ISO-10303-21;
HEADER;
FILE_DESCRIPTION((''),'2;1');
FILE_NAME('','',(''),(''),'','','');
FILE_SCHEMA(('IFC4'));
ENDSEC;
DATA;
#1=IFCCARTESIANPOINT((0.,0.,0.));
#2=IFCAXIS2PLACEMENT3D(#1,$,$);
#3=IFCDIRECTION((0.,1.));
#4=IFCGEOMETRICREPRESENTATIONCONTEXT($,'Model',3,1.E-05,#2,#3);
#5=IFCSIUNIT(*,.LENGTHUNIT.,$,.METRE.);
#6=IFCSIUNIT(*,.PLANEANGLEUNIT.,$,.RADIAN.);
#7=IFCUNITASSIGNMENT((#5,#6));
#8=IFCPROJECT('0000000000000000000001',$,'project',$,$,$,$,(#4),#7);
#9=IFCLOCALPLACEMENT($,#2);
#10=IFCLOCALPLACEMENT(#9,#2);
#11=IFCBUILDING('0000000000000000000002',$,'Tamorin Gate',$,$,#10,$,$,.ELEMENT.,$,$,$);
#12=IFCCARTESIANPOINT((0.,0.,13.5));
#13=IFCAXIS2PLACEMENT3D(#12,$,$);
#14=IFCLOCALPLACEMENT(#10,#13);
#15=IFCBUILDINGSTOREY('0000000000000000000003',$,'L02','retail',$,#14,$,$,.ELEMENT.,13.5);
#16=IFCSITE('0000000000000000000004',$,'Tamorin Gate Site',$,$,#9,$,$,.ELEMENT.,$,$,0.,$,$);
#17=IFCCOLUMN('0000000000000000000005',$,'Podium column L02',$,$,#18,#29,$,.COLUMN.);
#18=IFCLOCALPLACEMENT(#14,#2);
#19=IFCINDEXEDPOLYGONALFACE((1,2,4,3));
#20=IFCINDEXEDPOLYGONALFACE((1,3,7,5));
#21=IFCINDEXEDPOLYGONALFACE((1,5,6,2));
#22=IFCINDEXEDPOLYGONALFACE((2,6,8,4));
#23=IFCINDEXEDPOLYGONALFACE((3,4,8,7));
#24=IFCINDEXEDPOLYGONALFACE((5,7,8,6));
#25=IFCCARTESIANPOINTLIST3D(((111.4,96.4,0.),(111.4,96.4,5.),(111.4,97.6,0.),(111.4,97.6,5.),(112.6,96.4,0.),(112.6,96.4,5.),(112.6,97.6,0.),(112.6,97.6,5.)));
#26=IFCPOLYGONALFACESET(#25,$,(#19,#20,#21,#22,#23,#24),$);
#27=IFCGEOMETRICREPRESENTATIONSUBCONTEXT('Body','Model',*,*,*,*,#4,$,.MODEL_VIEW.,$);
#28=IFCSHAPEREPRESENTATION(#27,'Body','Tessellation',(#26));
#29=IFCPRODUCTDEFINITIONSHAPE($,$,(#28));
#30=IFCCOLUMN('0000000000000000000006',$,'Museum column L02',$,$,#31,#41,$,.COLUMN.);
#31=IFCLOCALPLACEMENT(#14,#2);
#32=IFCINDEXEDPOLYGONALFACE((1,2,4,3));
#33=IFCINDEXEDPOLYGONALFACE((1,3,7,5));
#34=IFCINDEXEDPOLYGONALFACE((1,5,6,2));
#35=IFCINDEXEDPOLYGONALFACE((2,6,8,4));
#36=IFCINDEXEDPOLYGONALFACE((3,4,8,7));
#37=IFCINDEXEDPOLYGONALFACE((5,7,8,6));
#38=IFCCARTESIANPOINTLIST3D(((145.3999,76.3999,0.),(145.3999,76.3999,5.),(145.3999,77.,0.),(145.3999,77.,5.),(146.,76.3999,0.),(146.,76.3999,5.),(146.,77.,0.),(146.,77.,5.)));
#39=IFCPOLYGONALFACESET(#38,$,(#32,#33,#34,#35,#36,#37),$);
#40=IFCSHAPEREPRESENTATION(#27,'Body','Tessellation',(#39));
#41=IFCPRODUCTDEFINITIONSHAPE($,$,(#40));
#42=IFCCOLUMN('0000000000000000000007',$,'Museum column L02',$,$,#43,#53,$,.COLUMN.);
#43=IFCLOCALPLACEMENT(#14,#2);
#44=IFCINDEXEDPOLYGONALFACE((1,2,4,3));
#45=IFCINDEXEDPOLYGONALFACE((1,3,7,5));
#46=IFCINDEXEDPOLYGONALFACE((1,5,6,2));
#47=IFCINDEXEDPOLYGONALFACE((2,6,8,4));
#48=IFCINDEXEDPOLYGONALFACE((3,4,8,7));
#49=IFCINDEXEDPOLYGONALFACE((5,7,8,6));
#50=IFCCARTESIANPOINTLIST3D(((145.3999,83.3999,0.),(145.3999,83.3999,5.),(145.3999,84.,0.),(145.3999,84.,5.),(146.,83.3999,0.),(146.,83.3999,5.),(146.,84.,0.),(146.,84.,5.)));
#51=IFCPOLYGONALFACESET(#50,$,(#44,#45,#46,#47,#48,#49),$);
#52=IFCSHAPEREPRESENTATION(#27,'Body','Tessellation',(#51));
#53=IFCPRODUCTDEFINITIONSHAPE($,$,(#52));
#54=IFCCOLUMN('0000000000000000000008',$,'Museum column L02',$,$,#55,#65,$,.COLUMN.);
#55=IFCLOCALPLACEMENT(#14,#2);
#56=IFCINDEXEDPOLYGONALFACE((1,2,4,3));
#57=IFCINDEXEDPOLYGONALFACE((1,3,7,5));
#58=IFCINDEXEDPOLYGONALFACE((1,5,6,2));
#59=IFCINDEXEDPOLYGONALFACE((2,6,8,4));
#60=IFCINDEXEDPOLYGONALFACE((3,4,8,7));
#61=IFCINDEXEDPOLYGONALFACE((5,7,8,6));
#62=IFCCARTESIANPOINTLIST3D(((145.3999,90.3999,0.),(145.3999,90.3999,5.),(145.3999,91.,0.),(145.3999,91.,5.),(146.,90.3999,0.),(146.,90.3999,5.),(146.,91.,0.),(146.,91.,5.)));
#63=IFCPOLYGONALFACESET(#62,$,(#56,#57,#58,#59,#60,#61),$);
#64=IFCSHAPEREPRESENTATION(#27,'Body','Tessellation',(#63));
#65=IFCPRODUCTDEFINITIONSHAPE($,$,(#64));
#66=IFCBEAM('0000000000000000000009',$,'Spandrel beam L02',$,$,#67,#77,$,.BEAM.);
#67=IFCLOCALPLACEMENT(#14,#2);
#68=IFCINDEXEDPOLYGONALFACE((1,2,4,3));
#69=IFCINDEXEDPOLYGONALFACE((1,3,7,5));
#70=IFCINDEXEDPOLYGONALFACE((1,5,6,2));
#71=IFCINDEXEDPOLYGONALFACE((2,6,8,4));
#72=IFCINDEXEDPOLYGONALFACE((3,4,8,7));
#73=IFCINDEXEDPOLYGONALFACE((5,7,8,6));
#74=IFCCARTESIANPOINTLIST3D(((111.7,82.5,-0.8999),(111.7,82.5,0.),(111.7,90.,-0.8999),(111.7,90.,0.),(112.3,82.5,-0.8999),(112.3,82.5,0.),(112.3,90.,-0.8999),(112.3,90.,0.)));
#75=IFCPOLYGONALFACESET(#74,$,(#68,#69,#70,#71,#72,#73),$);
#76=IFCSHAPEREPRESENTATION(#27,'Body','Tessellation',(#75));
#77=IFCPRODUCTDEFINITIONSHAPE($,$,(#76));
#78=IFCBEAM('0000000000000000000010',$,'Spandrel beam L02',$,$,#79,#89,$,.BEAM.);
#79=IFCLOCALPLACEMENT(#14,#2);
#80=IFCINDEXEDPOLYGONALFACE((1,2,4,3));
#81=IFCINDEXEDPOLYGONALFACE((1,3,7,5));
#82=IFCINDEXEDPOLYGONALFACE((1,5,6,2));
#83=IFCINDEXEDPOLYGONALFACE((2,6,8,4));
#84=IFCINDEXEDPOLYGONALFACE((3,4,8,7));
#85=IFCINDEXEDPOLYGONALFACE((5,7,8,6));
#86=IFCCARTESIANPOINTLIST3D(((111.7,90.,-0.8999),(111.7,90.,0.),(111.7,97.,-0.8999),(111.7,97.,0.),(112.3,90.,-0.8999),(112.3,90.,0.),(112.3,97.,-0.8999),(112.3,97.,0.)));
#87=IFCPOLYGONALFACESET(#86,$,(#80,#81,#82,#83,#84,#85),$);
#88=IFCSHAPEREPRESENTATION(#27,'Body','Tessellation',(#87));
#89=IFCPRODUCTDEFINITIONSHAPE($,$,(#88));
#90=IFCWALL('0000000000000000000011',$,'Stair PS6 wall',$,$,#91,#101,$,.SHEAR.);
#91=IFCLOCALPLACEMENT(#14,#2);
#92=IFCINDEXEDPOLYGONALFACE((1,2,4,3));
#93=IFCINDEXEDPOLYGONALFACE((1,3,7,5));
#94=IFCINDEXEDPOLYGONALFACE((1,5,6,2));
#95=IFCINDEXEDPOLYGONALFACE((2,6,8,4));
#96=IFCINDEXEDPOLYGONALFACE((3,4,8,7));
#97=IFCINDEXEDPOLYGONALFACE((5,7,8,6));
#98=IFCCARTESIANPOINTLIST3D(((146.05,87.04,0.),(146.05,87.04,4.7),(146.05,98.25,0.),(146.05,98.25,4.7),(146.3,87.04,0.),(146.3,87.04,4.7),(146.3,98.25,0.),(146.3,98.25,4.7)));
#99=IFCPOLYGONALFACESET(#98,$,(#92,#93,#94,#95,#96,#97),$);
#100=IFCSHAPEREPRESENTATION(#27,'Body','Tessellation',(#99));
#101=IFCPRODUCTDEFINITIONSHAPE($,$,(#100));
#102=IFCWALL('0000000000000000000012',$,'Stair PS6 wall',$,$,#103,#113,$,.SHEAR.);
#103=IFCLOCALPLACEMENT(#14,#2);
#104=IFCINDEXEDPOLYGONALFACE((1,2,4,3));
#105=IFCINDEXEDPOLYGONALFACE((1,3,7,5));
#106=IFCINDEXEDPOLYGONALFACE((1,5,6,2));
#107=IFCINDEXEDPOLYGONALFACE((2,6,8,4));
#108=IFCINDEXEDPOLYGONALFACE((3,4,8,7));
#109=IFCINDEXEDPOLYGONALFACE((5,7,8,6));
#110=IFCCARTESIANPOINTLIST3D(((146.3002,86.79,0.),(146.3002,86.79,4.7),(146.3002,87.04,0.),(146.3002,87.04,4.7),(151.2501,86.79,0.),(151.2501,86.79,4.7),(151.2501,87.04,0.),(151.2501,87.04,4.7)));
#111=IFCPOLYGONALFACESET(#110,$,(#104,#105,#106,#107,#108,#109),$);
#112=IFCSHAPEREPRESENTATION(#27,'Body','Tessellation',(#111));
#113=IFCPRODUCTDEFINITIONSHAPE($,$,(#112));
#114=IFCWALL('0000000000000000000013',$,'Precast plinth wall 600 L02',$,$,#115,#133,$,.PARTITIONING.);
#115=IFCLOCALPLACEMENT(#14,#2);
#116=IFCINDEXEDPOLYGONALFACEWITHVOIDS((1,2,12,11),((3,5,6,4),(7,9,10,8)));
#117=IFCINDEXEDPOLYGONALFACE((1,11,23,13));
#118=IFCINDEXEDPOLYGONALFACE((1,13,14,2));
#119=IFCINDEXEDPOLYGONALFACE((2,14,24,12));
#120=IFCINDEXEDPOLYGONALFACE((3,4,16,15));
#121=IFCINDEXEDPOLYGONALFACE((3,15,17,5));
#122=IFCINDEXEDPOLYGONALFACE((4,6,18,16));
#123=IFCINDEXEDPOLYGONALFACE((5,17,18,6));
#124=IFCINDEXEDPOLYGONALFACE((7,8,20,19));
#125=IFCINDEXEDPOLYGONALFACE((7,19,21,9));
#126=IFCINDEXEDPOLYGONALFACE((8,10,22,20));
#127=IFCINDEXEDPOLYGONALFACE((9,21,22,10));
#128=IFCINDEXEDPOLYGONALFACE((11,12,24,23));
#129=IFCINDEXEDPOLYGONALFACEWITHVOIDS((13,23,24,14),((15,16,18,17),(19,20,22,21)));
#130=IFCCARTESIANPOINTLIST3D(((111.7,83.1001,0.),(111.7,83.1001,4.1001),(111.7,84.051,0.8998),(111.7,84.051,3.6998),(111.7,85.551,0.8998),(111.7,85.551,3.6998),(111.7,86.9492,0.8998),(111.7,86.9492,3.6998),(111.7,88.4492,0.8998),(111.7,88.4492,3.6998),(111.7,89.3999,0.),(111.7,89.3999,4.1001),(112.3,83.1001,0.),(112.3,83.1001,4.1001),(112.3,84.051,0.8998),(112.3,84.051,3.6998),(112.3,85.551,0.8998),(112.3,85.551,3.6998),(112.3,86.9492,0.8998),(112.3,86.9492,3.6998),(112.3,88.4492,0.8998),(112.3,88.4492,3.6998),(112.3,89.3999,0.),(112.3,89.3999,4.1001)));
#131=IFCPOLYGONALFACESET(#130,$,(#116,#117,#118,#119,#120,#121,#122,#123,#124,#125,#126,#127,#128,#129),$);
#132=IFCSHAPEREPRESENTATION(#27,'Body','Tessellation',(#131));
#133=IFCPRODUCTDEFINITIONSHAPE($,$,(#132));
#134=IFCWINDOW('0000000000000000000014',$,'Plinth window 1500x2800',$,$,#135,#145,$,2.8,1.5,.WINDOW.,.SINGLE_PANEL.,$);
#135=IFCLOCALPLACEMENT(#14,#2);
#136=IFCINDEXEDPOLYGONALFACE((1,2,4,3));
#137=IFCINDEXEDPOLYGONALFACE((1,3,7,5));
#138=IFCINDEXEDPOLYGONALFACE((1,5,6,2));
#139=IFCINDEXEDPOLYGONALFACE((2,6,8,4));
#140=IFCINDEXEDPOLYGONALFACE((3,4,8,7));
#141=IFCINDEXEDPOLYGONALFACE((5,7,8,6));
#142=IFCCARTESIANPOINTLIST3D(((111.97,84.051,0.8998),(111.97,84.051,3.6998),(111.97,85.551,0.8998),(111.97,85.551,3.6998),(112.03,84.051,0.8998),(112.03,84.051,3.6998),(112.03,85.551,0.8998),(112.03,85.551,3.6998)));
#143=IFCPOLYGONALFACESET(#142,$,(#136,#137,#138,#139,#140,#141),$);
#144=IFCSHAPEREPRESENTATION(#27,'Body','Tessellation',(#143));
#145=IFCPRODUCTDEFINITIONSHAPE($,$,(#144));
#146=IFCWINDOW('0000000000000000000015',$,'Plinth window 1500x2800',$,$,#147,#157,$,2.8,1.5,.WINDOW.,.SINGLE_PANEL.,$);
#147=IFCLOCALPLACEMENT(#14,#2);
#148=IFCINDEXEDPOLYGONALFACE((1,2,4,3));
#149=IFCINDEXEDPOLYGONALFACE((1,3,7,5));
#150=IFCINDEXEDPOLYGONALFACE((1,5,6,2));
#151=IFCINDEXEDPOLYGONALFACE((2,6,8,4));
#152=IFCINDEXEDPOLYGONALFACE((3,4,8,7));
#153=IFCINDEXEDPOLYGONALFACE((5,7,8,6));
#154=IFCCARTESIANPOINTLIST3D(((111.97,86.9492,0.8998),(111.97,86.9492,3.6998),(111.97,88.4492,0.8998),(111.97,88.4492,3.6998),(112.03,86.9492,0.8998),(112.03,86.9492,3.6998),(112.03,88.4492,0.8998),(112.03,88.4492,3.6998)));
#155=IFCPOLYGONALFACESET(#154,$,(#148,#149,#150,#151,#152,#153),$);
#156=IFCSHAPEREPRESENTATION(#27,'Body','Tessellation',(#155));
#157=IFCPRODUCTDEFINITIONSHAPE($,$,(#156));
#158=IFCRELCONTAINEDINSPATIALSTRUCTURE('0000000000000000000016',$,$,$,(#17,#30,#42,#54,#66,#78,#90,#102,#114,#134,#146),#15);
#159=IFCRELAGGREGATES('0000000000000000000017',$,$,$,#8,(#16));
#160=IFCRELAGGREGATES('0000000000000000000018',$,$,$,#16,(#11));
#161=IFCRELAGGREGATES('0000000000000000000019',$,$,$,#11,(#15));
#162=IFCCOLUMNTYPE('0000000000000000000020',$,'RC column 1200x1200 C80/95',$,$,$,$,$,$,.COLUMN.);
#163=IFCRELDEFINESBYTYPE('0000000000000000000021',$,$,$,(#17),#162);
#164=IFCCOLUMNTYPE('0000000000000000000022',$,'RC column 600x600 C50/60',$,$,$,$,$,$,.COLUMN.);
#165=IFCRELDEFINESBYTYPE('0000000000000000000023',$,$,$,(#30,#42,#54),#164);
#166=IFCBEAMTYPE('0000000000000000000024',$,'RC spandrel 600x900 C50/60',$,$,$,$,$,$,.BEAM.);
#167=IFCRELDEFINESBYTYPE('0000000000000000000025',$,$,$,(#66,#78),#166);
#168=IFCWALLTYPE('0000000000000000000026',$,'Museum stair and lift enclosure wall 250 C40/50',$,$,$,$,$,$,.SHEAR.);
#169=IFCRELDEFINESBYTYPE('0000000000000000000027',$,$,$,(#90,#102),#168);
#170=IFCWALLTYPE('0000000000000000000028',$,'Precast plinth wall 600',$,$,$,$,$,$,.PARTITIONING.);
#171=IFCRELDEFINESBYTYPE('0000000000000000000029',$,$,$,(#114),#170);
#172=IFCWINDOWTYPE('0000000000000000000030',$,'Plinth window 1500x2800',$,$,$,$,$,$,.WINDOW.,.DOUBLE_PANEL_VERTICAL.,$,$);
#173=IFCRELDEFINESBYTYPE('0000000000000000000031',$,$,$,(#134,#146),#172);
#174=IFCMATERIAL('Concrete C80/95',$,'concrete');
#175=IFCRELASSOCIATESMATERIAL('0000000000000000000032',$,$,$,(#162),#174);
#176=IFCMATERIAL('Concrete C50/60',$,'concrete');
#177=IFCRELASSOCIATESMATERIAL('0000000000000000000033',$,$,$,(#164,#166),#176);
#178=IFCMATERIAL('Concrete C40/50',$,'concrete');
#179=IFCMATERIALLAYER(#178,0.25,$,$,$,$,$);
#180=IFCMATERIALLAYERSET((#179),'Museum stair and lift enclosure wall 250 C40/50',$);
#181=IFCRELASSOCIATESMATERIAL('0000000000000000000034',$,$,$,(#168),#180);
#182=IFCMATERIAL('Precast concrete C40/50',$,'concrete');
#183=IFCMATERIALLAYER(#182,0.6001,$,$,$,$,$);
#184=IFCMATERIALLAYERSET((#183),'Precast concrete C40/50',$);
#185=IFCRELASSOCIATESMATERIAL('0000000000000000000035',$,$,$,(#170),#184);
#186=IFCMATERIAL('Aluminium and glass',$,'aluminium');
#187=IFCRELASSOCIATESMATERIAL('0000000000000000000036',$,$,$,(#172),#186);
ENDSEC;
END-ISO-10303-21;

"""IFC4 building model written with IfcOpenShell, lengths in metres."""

from ifc_helpers import new_model, si_unit, direction, frame, frame_2d, origin, origin_2d, place, context, subcontext, project, spatial, rectangle, extrude, material, layer, layer_set, material_profile, profile_set, type_object, element, fill, save


model = new_model("IFC4")

# Units and contexts
model_context = context("Model", 3, precision=1e-05, world=origin(), true_north=direction((0.0, 1.0)))
body_context = subcontext(model_context, "Body", "Model", "MODEL_VIEW")
ifc_project = project(units=[si_unit("LENGTHUNIT", "METRE"), si_unit("PLANEANGLEUNIT", "RADIAN")], contexts=[model_context])

# Site, building, storey
site_placement = place(None, origin())
site = spatial("IfcSite", under=ifc_project, at=site_placement, Name="Tamorin Gate Site", CompositionType="ELEMENT", RefElevation=0.0)
building_placement = place(site_placement, origin())
building = spatial("IfcBuilding", under=site, at=building_placement, Name="Tamorin Gate", CompositionType="ELEMENT")
storey_placement = place(building_placement, frame((0.0, 0.0, 13.5)))
storey = spatial("IfcBuildingStorey", under=building, at=storey_placement, Name="L02", Description="retail", CompositionType="ELEMENT", Elevation=13.5)

# Columns
ifc_material_1 = material(Name="Concrete C80/95", Category="concrete")
ifc_material_profile_1 = material_profile(ifc_material_1, rectangle(XDim=1.2, YDim=1.2, at=origin_2d()), Name="RC 1200x1200")
ifc_profile_set_1 = profile_set([ifc_material_profile_1], Name="Concrete C80/95")
column_type_1 = type_object("IfcColumnType", Name="RC column 1200x1200 C80/95", PredefinedType="COLUMN", material=ifc_profile_set_1)
column_placement = place(storey_placement, frame((112.0, 97.0, 0.0), z_axis=(0.0, 0.0, 1.0), x_axis=(1.0, 0.0, 0.0)))
element("IfcColumn", 1, at=column_placement, inside=storey, type_object=column_type_1, Name="Podium column L02", PredefinedType="COLUMN", context=body_context, shape_type="SweptSolid", body=[
    extrude(rectangle(XDim=1.2, YDim=1.2, at=origin_2d()), origin(), (0.0, 0.0, 1.0), 5.0),
])
ifc_material_2 = material(Name="Concrete C50/60", Category="concrete")
ifc_material_profile_2 = material_profile(ifc_material_2, rectangle(XDim=0.6001, YDim=0.6001, at=origin_2d()))
ifc_profile_set_2 = profile_set([ifc_material_profile_2], Name="Concrete C50/60")
column_type_2 = type_object("IfcColumnType", Name="RC column 600x600 C50/60", PredefinedType="COLUMN", material=ifc_profile_set_2)
for number, where, z_axis, x_axis, name in (
    (2, (145.7, 76.7, 0.0), (0.0, 0.0, 1.0), (1.0, 0.0, 0.0), "Museum column L02"),
    (3, (145.7, 83.7, 0.0), (0.0, 0.0, 1.0), (1.0, 0.0, 0.0), "Museum column L02"),
    (4, (145.7, 90.7, 0.0), (0.0, 0.0, 1.0), (1.0, 0.0, 0.0), "Museum column L02"),
):
    element("IfcColumn", number, at=place(storey_placement, frame(where, z_axis=z_axis, x_axis=x_axis)), inside=storey, type_object=column_type_2, Name=name, PredefinedType="COLUMN", context=body_context, shape_type="SweptSolid", body=[
        extrude(rectangle(XDim=0.6001, YDim=0.6001, at=origin_2d()), origin(), (0.0, 0.0, 1.0), 5.0),
    ])

# Beams
ifc_material_profile_3 = material_profile(ifc_material_2, rectangle(XDim=0.6001, YDim=0.8999, at=origin_2d()), Name="RC 600x900")
ifc_profile_set_3 = profile_set([ifc_material_profile_3], Name="Concrete C50/60")
beam_type = type_object("IfcBeamType", Name="RC spandrel 600x900 C50/60", PredefinedType="BEAM", material=ifc_profile_set_3)
beam_1_placement = place(storey_placement, frame((112.0, 82.5, -0.45), z_axis=(0.0, 1.0, 0.0), x_axis=(-1.0, 0.0, 0.0)))
element("IfcBeam", 5, at=beam_1_placement, inside=storey, type_object=beam_type, Name="Spandrel beam L02", PredefinedType="BEAM", context=body_context, shape_type="SweptSolid", body=[
    extrude(rectangle(XDim=0.6001, YDim=0.8999, at=origin_2d()), origin(), (0.0, 0.0, 1.0), 7.5),
])
beam_2_placement = place(storey_placement, frame((112.0, 90.0, -0.45), z_axis=(0.0, 1.0, 0.0), x_axis=(-1.0, 0.0, 0.0)))
element("IfcBeam", 6, at=beam_2_placement, inside=storey, type_object=beam_type, Name="Spandrel beam L02", PredefinedType="BEAM", context=body_context, shape_type="SweptSolid", body=[
    extrude(rectangle(XDim=0.6001, YDim=0.8999, at=origin_2d()), origin(), (0.0, 0.0, 1.0), 7.0),
])

# Walls
ifc_material_3 = material(Name="Concrete C40/50", Category="concrete")
ifc_layer_1 = layer(ifc_material_3, 0.25)
ifc_layer_set_1 = layer_set([ifc_layer_1], Name="Museum stair and lift enclosure wall 250 C40/50")
wall_type_1 = type_object("IfcWallType", Name="Museum stair and lift enclosure wall 250 C40/50", PredefinedType="SHEAR", material=ifc_layer_set_1)
wall_1_placement = place(storey_placement, frame((146.175, 87.04, 0.0), z_axis=(0.0, 0.0, 1.0), x_axis=(0.0, 1.0, 0.0)))
element("IfcWall", 7, at=wall_1_placement, inside=storey, type_object=wall_type_1, Name="Stair PS6 wall", PredefinedType="SHEAR", context=body_context, shape_type="SweptSolid", body=[
    extrude(rectangle(XDim=11.21, YDim=0.25, at=frame_2d((5.605, 0.0))), origin(), (0.0, 0.0, 1.0), 4.7),
])
wall_2_placement = place(storey_placement, frame((146.3, 86.915, 0.0), z_axis=(0.0, 0.0, 1.0), x_axis=(1.0, 0.0, 0.0)))
element("IfcWall", 8, at=wall_2_placement, inside=storey, type_object=wall_type_1, Name="Stair PS6 wall", PredefinedType="SHEAR", context=body_context, shape_type="SweptSolid", body=[
    extrude(rectangle(XDim=4.95, YDim=0.25, at=frame_2d((2.4751, 0.0))), origin(), (0.0, 0.0, 1.0), 4.7),
])

# Wall, openings, windows
ifc_material_4 = material(Name="Precast concrete C40/50", Category="concrete")
ifc_layer_2 = layer(ifc_material_4, 0.6001)
ifc_layer_set_2 = layer_set([ifc_layer_2], Name="Precast concrete C40/50")
wall_type_2 = type_object("IfcWallType", Name="Precast plinth wall 600", PredefinedType="PARTITIONING", material=ifc_layer_set_2)
wall_3_placement = place(storey_placement, frame((112.0, 83.1001, 0.0), z_axis=(0.0, 0.0, 1.0), x_axis=(0.0, 1.0, 0.0)))
wall_3 = element("IfcWall", 9, at=wall_3_placement, inside=storey, type_object=wall_type_2, Name="Precast plinth wall 600 L02", PredefinedType="PARTITIONING", context=body_context, shape_type="SweptSolid", body=[
    extrude(rectangle(XDim=6.2998, YDim=0.6001, at=frame_2d((3.1499, 0.0))), origin(), (0.0, 0.0, 1.0), 4.1001),
])
opening_1_placement = place(wall_3_placement, frame((0.9509, 0.0, 0.8999)))
opening_1 = element("IfcOpeningElement", 10, at=opening_1_placement, cuts=wall_3, PredefinedType="OPENING", context=body_context, shape_type="SweptSolid", body=[
    extrude(rectangle(XDim=1.5, YDim=2.8, at=frame_2d((0.75, 1.3999))), frame((0.0, 0.3101, 0.0), z_axis=(0.0, -1.0, 0.0), x_axis=(1.0, 0.0, 0.0)), (0.0, 0.0, 1.0), 0.6201),
])
opening_2_placement = place(wall_3_placement, frame((3.8491, 0.0, 0.8999)))
opening_2 = element("IfcOpeningElement", 11, at=opening_2_placement, cuts=wall_3, PredefinedType="OPENING", context=body_context, shape_type="SweptSolid", body=[
    extrude(rectangle(XDim=1.5, YDim=2.8, at=frame_2d((0.75, 1.3999))), frame((0.0, 0.3101, 0.0), z_axis=(0.0, -1.0, 0.0), x_axis=(1.0, 0.0, 0.0)), (0.0, 0.0, 1.0), 0.6201),
])
ifc_material_5 = material(Name="Aluminium and glass", Category="aluminium")
window_type = type_object("IfcWindowType", Name="Plinth window 1500x2800", PartitioningType="DOUBLE_PANEL_VERTICAL", PredefinedType="WINDOW", material=ifc_material_5)
window_1_placement = place(opening_1_placement, origin())
window_1 = element("IfcWindow", 12, at=window_1_placement, inside=storey, type_object=window_type, Name="Plinth window 1500x2800", OverallHeight=2.8, OverallWidth=1.5, PartitioningType="SINGLE_PANEL", PredefinedType="WINDOW", context=body_context, shape_type="SweptSolid", body=[
    extrude(rectangle(XDim=1.5, YDim=2.8, at=frame_2d((0.75, 1.3999))), frame((0.0, 0.03, 0.0), z_axis=(0.0, -1.0, 0.0), x_axis=(1.0, 0.0, 0.0)), (0.0, 0.0, 1.0), 0.0601),
])
fill(opening_1, window_1)
window_2_placement = place(opening_2_placement, origin())
window_2 = element("IfcWindow", 13, at=window_2_placement, inside=storey, type_object=window_type, Name="Plinth window 1500x2800", OverallHeight=2.8, OverallWidth=1.5, PartitioningType="SINGLE_PANEL", PredefinedType="WINDOW", context=body_context, shape_type="SweptSolid", body=[
    extrude(rectangle(XDim=1.5, YDim=2.8, at=frame_2d((0.75, 1.3999))), frame((0.0, 0.03, 0.0), z_axis=(0.0, -1.0, 0.0), x_axis=(1.0, 0.0, 0.0)), (0.0, 0.0, 1.0), 0.0601),
])
fill(opening_2, window_2)

save(model, "model.ifc")
